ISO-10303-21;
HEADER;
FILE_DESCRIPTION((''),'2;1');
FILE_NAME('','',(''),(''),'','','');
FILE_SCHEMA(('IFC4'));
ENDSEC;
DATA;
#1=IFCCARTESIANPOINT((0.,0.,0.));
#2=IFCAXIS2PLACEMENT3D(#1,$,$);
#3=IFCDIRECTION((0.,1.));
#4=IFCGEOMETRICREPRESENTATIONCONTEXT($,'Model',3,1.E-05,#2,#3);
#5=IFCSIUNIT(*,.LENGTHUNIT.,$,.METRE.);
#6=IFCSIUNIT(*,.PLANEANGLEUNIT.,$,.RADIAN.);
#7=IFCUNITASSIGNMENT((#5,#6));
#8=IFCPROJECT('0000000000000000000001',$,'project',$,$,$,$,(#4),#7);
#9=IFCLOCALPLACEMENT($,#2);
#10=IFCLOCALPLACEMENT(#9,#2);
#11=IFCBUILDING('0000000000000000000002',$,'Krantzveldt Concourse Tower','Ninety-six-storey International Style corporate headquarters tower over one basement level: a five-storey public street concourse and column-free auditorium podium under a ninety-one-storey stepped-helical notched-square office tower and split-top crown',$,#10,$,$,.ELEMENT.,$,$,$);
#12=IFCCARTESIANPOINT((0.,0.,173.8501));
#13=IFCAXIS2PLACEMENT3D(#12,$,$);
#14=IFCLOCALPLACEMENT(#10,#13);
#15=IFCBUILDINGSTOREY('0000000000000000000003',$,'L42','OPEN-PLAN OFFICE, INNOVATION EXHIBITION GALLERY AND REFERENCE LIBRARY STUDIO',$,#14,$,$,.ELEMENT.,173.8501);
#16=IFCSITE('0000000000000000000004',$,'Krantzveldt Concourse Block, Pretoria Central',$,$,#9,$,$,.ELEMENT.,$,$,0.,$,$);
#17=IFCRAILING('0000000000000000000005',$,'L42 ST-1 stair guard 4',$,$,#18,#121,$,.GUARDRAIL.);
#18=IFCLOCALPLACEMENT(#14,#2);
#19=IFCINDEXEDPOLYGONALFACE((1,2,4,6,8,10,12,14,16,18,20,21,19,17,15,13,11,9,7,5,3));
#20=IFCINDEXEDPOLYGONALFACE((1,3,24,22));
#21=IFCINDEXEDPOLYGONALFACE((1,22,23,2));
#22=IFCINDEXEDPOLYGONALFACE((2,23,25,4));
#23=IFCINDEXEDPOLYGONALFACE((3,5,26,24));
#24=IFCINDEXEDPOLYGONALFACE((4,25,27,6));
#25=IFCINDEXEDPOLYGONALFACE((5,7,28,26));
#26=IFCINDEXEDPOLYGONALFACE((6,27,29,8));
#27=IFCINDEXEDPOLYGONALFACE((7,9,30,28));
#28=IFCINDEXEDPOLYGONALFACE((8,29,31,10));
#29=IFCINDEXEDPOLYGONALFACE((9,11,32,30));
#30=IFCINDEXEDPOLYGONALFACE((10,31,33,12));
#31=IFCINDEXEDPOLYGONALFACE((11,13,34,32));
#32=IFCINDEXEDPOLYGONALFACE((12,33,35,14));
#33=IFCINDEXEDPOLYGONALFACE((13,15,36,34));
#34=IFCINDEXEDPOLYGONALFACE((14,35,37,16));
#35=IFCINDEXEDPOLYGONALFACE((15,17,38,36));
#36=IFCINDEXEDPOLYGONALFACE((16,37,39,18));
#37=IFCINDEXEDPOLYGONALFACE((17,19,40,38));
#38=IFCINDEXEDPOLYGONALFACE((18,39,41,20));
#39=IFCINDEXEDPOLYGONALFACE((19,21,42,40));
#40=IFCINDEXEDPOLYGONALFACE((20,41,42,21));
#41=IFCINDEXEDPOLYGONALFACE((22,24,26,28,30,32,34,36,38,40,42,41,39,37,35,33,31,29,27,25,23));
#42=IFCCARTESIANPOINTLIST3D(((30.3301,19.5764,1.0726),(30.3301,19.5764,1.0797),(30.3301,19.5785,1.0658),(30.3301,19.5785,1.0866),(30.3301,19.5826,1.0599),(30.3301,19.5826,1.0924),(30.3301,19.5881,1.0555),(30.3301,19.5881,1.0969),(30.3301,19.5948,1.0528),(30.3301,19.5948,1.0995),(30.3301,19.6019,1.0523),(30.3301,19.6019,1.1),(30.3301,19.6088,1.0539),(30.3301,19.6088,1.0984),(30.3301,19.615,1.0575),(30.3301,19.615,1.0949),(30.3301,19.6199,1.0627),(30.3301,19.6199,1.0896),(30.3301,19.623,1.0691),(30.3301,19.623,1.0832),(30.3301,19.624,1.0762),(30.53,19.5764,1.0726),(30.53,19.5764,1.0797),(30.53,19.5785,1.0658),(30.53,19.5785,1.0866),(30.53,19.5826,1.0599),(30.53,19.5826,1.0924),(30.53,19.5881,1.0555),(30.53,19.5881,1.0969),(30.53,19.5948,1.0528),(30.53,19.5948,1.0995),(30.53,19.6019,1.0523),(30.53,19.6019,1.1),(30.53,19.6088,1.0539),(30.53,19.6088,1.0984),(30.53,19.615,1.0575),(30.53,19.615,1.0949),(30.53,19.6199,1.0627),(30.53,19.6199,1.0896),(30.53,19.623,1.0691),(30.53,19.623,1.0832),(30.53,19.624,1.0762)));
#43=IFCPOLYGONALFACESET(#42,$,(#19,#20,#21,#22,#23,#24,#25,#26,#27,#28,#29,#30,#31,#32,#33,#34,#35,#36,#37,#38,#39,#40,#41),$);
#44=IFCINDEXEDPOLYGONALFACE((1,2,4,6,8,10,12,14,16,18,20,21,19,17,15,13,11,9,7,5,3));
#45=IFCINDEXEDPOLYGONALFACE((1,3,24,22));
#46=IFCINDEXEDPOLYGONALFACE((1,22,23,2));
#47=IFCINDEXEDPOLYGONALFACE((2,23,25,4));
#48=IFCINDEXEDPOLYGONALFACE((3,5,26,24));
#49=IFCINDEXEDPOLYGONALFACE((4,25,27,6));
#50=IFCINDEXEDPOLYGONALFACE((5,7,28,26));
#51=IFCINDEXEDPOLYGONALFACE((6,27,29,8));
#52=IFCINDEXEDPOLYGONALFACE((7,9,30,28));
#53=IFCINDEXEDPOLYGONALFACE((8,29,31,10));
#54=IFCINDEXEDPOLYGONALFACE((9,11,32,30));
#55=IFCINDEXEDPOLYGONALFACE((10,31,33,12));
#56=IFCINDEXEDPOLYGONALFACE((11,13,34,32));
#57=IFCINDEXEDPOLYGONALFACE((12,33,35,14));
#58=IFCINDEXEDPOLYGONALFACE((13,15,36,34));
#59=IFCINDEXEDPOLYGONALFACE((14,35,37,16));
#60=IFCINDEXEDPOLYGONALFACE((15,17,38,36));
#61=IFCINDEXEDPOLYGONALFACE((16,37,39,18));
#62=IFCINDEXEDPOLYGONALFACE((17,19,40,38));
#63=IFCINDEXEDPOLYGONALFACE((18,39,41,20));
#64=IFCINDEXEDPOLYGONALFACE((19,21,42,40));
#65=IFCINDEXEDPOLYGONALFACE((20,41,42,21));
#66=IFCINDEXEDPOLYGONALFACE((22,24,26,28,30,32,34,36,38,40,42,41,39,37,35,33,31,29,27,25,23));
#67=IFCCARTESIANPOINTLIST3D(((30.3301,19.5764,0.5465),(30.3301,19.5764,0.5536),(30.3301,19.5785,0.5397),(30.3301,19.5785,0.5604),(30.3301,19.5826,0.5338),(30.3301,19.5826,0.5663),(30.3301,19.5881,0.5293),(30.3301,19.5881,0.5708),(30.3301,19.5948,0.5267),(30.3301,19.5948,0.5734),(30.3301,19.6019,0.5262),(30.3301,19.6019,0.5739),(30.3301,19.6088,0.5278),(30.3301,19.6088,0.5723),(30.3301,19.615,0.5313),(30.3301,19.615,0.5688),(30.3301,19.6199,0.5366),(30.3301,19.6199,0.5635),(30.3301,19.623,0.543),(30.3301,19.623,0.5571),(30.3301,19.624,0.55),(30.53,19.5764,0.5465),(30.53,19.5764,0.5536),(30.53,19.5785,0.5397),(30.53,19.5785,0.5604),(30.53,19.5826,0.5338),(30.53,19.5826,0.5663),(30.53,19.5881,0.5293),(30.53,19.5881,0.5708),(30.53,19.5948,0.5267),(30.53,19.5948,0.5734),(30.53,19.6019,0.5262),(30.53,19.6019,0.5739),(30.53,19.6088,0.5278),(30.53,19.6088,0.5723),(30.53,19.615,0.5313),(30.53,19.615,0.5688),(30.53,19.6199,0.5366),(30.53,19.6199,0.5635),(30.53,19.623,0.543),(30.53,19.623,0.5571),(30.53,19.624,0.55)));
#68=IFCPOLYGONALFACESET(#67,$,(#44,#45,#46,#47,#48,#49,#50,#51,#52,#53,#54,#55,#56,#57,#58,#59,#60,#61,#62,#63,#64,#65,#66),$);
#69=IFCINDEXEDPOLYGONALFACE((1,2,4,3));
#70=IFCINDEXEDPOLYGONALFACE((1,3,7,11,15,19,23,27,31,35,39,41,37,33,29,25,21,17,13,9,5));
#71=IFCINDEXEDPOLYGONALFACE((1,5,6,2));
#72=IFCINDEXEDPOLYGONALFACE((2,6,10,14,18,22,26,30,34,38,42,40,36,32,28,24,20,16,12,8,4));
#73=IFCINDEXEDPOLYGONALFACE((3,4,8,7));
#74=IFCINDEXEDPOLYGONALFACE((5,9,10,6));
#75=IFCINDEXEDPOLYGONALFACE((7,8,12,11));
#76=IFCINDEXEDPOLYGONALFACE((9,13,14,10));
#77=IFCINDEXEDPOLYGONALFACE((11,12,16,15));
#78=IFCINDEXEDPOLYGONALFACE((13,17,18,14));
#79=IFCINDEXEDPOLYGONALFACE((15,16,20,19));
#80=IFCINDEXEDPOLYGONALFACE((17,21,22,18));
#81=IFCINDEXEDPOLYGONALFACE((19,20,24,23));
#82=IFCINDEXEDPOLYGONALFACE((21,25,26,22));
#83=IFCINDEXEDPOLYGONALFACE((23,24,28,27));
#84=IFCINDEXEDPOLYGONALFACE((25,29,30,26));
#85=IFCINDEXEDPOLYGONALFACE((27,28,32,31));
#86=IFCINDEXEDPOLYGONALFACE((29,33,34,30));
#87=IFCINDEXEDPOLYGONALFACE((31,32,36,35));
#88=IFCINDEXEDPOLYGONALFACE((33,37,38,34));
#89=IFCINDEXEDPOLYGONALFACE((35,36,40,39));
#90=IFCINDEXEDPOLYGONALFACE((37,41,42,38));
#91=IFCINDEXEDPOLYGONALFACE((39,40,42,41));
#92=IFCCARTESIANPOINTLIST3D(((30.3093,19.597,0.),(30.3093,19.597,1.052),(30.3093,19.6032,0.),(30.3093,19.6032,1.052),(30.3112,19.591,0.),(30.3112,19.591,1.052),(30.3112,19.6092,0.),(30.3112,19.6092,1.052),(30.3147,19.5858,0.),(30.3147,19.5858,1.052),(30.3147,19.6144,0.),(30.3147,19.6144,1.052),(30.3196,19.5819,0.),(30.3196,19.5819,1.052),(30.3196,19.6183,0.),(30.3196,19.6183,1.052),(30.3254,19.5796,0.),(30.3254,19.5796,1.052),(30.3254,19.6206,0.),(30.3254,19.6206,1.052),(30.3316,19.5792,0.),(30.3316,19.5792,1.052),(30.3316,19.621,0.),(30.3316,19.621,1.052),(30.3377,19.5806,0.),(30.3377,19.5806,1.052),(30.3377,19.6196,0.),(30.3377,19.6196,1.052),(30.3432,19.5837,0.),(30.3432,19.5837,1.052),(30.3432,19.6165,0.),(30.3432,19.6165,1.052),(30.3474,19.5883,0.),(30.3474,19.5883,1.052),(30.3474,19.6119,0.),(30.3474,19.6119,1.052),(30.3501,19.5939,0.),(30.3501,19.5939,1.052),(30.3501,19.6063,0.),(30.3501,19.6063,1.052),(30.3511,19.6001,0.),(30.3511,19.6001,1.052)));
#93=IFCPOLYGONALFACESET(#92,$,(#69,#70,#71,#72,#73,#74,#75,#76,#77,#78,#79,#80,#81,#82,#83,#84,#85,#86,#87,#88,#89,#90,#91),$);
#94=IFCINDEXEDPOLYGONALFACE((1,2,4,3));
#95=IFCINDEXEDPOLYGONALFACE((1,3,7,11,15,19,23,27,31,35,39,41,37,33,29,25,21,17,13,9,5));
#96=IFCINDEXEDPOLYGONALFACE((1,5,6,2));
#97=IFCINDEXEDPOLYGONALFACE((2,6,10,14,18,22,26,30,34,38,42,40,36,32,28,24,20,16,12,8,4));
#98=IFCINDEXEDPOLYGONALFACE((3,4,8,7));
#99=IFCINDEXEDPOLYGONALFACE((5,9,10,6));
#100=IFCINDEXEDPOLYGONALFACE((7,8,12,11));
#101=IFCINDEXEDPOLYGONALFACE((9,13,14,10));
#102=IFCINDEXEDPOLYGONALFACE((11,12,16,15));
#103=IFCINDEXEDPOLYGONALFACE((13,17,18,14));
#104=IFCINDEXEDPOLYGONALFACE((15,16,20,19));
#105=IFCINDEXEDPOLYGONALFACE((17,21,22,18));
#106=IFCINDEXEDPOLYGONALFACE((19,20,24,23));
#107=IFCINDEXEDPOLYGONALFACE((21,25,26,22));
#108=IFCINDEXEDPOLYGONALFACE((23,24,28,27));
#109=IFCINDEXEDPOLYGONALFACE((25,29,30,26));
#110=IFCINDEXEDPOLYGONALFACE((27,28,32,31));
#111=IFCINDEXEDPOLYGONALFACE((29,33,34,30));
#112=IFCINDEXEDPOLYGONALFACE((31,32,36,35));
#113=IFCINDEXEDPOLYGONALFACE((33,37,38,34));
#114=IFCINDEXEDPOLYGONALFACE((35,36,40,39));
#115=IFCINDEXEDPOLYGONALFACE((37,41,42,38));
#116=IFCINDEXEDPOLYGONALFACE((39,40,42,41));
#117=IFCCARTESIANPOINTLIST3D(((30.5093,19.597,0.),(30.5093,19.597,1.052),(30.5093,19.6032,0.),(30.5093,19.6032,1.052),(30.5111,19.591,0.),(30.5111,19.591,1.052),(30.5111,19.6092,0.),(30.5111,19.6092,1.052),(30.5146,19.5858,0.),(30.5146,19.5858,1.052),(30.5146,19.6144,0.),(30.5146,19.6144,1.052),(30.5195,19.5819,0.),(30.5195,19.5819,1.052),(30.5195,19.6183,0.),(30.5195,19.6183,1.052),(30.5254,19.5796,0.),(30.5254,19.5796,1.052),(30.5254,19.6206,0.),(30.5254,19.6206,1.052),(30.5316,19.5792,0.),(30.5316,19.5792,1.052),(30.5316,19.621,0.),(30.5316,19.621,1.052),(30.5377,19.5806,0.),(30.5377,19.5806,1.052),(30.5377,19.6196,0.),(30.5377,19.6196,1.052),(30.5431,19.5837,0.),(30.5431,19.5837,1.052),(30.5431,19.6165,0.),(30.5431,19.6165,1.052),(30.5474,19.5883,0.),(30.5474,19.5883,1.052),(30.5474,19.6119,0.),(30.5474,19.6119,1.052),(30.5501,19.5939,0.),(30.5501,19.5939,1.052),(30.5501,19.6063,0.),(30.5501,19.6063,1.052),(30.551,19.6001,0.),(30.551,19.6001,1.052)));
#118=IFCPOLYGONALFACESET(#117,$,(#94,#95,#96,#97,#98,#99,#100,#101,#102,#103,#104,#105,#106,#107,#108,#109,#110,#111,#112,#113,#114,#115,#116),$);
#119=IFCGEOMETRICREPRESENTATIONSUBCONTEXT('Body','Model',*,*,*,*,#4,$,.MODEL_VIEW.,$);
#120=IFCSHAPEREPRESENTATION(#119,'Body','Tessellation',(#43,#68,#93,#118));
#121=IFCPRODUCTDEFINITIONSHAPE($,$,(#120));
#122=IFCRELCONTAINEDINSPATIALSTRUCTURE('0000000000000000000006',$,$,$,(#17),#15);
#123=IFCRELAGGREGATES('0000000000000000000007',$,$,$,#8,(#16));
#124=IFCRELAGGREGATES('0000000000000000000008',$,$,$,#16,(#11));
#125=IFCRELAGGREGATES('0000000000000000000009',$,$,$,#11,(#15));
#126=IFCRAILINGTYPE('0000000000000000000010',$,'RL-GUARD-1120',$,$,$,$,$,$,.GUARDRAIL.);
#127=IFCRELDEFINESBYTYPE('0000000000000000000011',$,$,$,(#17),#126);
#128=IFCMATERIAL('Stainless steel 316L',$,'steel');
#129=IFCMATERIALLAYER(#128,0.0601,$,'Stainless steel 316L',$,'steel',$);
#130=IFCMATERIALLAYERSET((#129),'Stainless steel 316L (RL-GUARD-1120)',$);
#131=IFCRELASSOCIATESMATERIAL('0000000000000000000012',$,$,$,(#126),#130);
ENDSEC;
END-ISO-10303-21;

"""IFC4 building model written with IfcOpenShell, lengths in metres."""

from ifc_helpers import new_model, si_unit, direction, frame, origin, origin_2d, place, context, subcontext, project, spatial, circle, extrude, material, layer, layer_set, type_object, element, save


model = new_model("IFC4")

# Units and contexts
model_context = context("Model", 3, precision=1e-05, world=origin(), true_north=direction((0.0, 1.0)))
body_context = subcontext(model_context, "Body", "Model", "MODEL_VIEW")
ifc_project = project(units=[si_unit("LENGTHUNIT", "METRE"), si_unit("PLANEANGLEUNIT", "RADIAN")], contexts=[model_context])

# Site, building, storey
site_placement = place(None, origin())
site = spatial("IfcSite", under=ifc_project, at=site_placement, Name="Krantzveldt Concourse Block, Pretoria Central", CompositionType="ELEMENT", RefElevation=0.0)
building_placement = place(site_placement, origin())
building = spatial("IfcBuilding", under=site, at=building_placement, Name="Krantzveldt Concourse Tower", Description="Ninety-six-storey International Style corporate headquarters tower over one basement level: a five-storey public street concourse and column-free auditorium podium under a ninety-one-storey stepped-helical notched-square office tower and split-top crown", CompositionType="ELEMENT")
storey_placement = place(building_placement, frame((0.0, 0.0, 173.8501)))
storey = spatial("IfcBuildingStorey", under=building, at=storey_placement, Name="L42", Description="OPEN-PLAN OFFICE, INNOVATION EXHIBITION GALLERY AND REFERENCE LIBRARY STUDIO", CompositionType="ELEMENT", Elevation=173.8501)

# Shared definitions
ifc_material_1 = material(Name="Stainless steel 316L", Category="steel")

# Railing
ifc_layer_1 = layer(ifc_material_1, 0.0601, Name="Stainless steel 316L", Category="steel")
ifc_layer_set_1 = layer_set([ifc_layer_1], Name="Stainless steel 316L (RL-GUARD-1120)")
railing_type_1 = type_object("IfcRailingType", Name="RL-GUARD-1120", PredefinedType="GUARDRAIL", material=ifc_layer_set_1)
railing_1_placement = place(storey_placement, frame((30.3301, 19.6001, 0.0)))
element("IfcRailing", 1, at=railing_1_placement, inside=storey, type_object=railing_type_1, Name="L42 ST-1 stair guard 4", PredefinedType="GUARDRAIL", context=body_context, shape_type="SweptSolid", body=[
    extrude(circle(Radius=0.0239, at=origin_2d()), frame((0.0, 0.0, 1.0762), z_axis=(1.0, 0.0, 0.0), x_axis=(0.0, 1.0, 0.0)), (0.0, 0.0, 1.0), 0.2),
    extrude(circle(Radius=0.0239, at=origin_2d()), frame((0.0, 0.0, 0.55), z_axis=(1.0, 0.0, 0.0), x_axis=(0.0, 1.0, 0.0)), (0.0, 0.0, 1.0), 0.2),
    extrude(circle(Radius=0.021, at=origin_2d()), origin(), (0.0, 0.0, 1.0), 1.052),
    extrude(circle(Radius=0.021, at=origin_2d()), frame((0.2, 0.0, 0.0)), (0.0, 0.0, 1.0), 1.052),
])

save(model, "model.ifc")
